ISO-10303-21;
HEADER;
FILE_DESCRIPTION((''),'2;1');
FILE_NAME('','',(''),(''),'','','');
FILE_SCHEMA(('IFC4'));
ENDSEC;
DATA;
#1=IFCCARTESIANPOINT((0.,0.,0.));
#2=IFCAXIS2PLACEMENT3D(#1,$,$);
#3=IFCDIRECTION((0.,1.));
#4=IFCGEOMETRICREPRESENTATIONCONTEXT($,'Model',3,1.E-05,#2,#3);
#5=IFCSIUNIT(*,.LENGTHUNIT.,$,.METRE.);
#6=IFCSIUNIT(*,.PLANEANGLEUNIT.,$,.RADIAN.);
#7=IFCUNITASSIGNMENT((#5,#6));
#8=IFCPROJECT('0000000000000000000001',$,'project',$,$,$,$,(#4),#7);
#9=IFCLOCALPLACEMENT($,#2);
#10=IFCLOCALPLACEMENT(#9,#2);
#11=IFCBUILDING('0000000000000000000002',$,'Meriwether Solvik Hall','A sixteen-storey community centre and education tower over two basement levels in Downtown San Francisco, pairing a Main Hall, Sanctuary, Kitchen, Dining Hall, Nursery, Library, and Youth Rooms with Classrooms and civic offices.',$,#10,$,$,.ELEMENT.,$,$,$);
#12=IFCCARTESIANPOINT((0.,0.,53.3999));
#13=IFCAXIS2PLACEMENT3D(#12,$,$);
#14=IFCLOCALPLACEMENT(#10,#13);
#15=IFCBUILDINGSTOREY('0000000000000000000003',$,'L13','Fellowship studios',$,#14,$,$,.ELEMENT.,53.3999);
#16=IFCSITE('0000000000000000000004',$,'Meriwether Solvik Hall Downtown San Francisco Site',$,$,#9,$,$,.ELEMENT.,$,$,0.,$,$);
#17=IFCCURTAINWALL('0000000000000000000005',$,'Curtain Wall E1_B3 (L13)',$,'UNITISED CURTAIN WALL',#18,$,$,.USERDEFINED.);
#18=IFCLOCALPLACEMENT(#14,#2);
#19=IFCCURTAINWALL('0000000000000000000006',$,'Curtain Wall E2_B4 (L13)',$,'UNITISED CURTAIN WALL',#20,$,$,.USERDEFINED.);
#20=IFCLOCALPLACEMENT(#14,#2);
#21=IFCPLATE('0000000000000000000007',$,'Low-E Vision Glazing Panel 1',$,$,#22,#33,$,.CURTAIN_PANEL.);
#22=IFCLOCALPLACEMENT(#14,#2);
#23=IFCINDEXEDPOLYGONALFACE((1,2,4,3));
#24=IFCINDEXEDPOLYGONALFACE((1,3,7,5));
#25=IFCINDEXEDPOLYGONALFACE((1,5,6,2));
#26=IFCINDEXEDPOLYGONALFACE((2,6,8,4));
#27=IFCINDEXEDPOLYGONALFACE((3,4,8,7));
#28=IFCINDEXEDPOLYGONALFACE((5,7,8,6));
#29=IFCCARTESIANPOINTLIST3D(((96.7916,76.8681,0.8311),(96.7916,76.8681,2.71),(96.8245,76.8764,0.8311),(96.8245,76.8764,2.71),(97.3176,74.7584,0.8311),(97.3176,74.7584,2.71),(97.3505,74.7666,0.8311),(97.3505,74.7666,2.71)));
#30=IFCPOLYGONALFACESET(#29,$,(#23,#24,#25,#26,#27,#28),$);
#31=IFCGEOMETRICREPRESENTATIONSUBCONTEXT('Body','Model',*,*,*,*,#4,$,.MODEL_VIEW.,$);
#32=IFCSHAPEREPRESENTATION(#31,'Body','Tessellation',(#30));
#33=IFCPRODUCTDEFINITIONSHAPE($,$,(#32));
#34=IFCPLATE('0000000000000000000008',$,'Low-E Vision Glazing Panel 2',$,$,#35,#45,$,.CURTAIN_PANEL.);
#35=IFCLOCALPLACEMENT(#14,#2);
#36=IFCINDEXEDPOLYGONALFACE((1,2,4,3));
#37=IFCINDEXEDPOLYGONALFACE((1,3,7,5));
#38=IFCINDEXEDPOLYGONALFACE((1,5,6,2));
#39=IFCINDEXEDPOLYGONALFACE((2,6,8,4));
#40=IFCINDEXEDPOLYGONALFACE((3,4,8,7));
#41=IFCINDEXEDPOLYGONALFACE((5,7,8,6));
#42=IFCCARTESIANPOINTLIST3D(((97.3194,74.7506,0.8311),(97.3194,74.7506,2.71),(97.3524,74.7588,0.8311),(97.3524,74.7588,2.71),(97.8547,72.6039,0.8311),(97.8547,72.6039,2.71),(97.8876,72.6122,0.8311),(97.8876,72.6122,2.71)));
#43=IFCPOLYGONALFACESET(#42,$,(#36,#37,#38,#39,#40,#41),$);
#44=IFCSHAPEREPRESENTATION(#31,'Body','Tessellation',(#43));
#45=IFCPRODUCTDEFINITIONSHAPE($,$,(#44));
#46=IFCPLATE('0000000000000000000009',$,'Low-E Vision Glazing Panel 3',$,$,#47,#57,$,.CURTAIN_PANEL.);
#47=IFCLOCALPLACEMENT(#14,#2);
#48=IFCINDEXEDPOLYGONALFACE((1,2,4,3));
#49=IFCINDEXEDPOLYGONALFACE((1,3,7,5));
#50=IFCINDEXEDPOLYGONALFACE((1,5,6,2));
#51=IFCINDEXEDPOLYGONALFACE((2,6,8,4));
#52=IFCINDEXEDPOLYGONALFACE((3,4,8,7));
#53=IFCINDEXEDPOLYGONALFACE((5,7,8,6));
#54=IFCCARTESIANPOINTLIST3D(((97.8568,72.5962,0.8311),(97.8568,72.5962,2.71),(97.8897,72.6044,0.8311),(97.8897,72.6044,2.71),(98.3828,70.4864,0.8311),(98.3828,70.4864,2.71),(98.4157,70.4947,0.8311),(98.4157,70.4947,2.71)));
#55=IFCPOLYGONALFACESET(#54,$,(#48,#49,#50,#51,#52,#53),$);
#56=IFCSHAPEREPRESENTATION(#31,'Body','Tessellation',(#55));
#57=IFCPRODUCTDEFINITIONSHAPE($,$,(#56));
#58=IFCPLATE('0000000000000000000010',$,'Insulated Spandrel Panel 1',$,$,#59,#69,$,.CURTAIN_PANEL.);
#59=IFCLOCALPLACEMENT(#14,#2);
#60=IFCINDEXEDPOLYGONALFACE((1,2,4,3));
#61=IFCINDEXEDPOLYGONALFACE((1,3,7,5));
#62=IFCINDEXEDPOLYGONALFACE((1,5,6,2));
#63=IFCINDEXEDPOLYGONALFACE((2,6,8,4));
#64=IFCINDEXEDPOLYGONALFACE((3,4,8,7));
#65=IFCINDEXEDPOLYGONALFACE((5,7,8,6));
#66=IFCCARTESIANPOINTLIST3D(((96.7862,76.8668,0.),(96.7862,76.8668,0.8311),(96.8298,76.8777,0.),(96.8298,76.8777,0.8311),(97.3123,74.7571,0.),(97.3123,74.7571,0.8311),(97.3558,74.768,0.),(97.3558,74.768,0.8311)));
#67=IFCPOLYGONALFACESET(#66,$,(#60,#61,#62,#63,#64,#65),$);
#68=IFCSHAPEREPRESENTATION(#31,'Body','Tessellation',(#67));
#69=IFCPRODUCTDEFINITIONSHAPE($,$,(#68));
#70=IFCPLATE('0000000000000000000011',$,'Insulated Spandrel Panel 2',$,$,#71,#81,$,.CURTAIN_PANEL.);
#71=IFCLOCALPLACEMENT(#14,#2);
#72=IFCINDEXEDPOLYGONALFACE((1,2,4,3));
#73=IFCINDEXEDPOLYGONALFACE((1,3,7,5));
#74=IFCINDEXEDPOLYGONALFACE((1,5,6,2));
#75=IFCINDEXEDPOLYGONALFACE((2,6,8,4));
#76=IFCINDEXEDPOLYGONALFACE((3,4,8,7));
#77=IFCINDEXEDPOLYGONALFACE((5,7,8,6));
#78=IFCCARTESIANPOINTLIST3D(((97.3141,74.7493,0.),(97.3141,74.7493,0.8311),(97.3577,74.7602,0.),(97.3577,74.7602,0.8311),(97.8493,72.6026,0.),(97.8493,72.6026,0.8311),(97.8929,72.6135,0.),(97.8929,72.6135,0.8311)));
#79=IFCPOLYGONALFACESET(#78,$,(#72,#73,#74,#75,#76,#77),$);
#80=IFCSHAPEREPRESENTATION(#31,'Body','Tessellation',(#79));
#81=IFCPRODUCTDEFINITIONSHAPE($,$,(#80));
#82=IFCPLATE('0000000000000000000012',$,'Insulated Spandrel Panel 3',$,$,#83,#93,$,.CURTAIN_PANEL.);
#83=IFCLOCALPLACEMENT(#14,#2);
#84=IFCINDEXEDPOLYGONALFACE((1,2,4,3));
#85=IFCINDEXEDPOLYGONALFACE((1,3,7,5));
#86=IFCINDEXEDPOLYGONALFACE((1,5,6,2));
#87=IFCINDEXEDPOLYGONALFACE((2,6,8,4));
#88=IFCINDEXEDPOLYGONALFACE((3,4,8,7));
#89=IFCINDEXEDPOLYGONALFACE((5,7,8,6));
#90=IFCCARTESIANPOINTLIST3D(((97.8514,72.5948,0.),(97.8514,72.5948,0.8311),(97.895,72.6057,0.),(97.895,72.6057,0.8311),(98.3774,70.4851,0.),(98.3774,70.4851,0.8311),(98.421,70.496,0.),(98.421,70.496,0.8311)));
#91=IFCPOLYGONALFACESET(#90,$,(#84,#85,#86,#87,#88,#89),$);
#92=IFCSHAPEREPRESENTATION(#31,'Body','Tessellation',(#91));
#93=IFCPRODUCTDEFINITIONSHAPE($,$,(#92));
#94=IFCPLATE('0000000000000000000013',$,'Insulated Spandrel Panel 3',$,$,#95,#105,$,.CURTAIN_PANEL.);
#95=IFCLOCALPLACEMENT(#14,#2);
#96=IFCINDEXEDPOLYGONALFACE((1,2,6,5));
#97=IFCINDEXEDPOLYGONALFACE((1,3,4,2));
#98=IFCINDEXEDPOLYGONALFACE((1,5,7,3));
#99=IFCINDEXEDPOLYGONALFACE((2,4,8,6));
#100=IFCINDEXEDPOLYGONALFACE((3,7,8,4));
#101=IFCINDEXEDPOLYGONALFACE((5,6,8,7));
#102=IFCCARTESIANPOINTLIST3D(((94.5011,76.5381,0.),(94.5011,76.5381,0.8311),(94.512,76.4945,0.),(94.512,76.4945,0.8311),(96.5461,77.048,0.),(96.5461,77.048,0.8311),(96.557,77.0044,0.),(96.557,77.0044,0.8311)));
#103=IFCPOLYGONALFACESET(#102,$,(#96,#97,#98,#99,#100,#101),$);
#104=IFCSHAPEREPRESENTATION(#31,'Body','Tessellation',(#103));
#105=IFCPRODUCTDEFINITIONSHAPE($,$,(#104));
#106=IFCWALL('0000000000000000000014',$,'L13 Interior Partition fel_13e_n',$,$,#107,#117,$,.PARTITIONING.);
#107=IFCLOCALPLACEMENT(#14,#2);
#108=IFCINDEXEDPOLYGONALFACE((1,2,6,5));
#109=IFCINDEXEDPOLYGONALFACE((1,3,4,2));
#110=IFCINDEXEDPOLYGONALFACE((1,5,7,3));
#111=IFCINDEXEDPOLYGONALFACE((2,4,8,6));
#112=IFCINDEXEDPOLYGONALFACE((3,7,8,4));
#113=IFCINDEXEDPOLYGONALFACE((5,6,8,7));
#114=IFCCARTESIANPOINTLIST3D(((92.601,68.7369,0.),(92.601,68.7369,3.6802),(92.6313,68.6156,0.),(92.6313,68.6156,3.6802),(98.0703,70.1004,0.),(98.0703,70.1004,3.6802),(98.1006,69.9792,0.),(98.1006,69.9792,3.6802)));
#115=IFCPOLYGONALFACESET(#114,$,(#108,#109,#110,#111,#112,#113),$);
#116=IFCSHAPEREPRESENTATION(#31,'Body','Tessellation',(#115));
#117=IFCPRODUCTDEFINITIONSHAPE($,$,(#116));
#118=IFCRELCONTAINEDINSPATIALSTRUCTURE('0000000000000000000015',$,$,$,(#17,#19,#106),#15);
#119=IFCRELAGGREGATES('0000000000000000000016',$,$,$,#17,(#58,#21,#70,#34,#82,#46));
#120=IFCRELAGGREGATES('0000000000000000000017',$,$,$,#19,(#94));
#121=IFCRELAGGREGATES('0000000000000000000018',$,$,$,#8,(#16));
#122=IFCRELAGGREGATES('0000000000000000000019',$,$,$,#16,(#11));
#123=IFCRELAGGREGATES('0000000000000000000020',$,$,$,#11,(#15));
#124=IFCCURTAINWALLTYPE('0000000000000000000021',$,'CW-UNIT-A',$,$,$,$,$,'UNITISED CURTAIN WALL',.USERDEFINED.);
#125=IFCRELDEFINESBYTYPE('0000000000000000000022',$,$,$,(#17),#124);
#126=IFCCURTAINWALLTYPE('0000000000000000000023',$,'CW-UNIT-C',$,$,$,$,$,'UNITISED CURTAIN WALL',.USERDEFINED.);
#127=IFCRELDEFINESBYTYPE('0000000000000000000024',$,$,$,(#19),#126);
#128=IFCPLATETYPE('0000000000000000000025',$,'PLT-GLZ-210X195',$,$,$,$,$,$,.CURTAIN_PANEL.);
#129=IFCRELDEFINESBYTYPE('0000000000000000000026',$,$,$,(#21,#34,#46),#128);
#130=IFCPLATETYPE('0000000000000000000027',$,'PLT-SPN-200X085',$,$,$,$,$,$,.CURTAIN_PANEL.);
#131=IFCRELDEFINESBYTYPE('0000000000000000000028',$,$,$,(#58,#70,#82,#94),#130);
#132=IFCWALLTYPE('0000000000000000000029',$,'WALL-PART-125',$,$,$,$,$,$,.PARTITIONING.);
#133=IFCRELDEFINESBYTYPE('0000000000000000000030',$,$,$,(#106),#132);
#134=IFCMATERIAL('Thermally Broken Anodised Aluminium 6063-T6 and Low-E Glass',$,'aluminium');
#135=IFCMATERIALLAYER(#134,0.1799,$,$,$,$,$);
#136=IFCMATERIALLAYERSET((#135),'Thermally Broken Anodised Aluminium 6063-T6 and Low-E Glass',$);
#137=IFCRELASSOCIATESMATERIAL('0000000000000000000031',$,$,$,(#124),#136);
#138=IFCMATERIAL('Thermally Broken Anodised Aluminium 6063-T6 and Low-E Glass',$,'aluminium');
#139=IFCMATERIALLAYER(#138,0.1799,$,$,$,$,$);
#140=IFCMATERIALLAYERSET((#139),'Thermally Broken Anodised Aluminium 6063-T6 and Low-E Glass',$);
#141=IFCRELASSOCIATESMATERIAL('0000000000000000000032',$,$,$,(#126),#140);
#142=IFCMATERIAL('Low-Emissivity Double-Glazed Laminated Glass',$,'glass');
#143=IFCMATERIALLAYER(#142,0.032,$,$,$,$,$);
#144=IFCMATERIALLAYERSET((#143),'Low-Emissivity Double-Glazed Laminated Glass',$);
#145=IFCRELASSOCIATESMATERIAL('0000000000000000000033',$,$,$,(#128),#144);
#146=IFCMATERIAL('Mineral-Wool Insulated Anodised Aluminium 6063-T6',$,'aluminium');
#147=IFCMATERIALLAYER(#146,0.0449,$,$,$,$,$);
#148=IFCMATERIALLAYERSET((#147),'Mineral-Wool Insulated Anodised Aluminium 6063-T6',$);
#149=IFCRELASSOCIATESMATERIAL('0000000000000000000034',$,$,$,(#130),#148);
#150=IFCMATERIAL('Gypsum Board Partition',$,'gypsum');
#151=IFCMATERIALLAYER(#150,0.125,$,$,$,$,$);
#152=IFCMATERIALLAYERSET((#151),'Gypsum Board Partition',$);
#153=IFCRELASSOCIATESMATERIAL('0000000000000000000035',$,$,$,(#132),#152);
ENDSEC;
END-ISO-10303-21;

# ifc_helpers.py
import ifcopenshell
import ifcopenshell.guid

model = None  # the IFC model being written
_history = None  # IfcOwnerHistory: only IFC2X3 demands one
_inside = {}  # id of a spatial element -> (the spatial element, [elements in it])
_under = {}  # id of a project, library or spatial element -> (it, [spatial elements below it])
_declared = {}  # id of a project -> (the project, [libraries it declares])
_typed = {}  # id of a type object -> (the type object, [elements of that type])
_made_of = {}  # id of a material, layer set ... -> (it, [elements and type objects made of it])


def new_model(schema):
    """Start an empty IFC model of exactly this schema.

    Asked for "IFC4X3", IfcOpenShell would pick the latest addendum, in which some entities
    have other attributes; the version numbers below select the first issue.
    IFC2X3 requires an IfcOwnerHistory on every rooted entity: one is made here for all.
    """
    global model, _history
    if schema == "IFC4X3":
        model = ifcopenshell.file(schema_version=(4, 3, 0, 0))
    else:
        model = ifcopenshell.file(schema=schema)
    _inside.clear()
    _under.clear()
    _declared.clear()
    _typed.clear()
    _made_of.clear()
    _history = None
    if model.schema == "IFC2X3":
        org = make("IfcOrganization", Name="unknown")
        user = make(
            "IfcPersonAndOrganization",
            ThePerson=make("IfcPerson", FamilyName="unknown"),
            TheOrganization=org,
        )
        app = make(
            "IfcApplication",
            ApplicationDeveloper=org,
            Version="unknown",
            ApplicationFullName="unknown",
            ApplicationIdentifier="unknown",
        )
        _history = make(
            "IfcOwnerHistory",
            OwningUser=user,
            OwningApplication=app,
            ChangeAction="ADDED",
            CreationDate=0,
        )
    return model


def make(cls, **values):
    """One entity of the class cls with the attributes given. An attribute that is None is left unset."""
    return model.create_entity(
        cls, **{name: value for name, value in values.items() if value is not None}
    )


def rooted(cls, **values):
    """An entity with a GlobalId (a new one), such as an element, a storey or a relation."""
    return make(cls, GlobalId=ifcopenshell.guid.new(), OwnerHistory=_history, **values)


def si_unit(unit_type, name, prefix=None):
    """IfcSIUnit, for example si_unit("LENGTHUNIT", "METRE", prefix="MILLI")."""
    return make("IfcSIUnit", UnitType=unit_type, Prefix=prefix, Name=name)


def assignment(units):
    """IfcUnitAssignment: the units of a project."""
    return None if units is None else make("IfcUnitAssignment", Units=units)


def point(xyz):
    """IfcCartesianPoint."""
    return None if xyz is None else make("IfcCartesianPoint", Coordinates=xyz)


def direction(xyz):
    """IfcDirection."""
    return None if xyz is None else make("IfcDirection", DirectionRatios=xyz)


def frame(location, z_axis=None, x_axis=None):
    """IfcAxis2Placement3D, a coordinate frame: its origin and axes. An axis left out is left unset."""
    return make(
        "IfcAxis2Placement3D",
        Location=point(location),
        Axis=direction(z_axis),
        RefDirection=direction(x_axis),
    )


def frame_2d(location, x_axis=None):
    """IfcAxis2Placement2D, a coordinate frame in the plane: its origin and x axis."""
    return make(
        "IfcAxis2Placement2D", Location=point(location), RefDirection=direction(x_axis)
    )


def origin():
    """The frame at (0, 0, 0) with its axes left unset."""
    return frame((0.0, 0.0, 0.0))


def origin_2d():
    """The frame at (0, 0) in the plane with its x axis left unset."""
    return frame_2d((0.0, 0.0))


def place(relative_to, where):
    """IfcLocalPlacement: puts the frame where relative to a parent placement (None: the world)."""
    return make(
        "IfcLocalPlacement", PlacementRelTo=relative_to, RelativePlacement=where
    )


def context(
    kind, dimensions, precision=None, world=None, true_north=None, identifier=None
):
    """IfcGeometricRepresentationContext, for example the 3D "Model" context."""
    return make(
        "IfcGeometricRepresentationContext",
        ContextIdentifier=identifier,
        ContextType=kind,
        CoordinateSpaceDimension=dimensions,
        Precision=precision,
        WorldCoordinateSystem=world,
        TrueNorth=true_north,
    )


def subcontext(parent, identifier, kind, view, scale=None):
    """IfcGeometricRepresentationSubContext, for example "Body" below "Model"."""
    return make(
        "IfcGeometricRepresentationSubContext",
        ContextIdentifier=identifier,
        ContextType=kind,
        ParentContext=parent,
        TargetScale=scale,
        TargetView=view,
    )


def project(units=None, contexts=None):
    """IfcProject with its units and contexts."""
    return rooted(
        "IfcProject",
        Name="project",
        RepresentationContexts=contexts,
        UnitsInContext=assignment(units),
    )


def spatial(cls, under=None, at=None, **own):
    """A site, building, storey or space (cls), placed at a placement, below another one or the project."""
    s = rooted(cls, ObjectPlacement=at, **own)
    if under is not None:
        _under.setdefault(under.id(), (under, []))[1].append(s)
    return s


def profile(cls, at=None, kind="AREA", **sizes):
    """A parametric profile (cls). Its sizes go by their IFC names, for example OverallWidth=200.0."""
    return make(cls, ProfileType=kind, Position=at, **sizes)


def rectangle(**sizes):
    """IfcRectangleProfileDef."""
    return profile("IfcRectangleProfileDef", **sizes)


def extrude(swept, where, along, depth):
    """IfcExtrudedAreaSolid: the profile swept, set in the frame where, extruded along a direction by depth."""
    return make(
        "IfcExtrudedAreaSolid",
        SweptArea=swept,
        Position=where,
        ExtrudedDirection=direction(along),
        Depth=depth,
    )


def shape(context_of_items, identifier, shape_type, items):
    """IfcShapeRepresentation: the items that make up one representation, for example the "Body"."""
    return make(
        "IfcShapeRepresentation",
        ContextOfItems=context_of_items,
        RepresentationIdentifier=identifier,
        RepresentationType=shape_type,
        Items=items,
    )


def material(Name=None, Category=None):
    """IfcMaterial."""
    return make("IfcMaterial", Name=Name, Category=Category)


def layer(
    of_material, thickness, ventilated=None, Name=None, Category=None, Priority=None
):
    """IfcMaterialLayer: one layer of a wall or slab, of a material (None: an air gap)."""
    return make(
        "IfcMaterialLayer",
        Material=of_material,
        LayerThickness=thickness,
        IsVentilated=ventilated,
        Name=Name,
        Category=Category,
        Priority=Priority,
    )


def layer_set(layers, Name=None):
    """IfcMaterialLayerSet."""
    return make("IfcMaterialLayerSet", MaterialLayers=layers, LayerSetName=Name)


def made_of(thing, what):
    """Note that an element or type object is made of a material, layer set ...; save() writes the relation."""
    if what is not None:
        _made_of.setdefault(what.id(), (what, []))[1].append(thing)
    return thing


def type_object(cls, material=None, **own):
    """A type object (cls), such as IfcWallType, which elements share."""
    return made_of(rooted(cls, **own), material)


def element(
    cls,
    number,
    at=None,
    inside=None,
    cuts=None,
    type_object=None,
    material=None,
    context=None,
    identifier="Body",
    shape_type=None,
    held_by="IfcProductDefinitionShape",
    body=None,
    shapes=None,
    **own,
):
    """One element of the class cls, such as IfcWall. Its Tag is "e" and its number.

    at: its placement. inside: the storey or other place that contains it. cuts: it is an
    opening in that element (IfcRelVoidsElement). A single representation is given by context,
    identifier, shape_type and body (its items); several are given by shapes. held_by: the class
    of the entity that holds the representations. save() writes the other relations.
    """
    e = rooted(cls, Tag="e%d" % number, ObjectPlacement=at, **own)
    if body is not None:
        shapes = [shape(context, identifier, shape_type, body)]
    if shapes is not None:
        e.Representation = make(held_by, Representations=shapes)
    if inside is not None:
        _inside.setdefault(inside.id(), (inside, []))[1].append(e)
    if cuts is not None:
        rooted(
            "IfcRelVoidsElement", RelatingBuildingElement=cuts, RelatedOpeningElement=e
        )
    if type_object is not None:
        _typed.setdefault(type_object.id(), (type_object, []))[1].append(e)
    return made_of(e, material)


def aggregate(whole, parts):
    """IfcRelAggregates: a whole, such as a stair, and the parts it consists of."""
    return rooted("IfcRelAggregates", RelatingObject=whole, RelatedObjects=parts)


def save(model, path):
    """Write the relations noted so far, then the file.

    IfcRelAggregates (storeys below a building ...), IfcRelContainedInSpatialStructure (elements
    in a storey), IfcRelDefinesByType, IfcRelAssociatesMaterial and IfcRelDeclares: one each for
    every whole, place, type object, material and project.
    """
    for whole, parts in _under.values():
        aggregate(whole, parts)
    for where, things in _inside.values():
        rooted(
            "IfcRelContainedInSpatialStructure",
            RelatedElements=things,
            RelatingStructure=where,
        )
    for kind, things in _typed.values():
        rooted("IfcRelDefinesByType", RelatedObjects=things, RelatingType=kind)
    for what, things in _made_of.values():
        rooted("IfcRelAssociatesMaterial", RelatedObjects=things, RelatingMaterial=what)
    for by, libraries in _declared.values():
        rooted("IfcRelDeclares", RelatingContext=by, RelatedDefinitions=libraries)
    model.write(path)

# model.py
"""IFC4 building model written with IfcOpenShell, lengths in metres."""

from ifc_helpers import new_model, si_unit, direction, frame, frame_2d, origin, origin_2d, place, context, subcontext, project, spatial, rectangle, extrude, material, layer, layer_set, type_object, element, aggregate, save


model = new_model("IFC4")

# Units and contexts
model_context = context("Model", 3, precision=1e-05, world=origin(), true_north=direction((0.0, 1.0)))
body_context = subcontext(model_context, "Body", "Model", "MODEL_VIEW")
ifc_project = project(units=[si_unit("LENGTHUNIT", "METRE"), si_unit("PLANEANGLEUNIT", "RADIAN")], contexts=[model_context])

# Site, building, storey
site_placement = place(None, origin())
site = spatial("IfcSite", under=ifc_project, at=site_placement, Name="Meriwether Solvik Hall Downtown San Francisco Site", CompositionType="ELEMENT", RefElevation=0.0)
building_placement = place(site_placement, origin())
building = spatial("IfcBuilding", under=site, at=building_placement, Name="Meriwether Solvik Hall", Description="A sixteen-storey community centre and education tower over two basement levels in Downtown San Francisco, pairing a Main Hall, Sanctuary, Kitchen, Dining Hall, Nursery, Library, and Youth Rooms with Classrooms and civic offices.", CompositionType="ELEMENT")
storey_placement = place(building_placement, frame((0.0, 0.0, 53.3999)))
storey = spatial("IfcBuildingStorey", under=building, at=storey_placement, Name="L13", Description="Fellowship studios", CompositionType="ELEMENT", Elevation=53.3999)

# Curtain walls
ifc_material_1 = material(Name="Thermally Broken Anodised Aluminium 6063-T6 and Low-E Glass", Category="aluminium")
ifc_layer_1 = layer(ifc_material_1, 0.1799)
ifc_layer_set_1 = layer_set([ifc_layer_1], Name="Thermally Broken Anodised Aluminium 6063-T6 and Low-E Glass")
curtain_wall_type_1 = type_object("IfcCurtainWallType", Name="CW-UNIT-A", ElementType="UNITISED CURTAIN WALL", PredefinedType="USERDEFINED", material=ifc_layer_set_1)
curtain_wall_1_placement = place(storey_placement, origin())
curtain_wall_1 = element("IfcCurtainWall", 1, at=curtain_wall_1_placement, inside=storey, type_object=curtain_wall_type_1, Name="Curtain Wall E1_B3 (L13)", ObjectType="UNITISED CURTAIN WALL", PredefinedType="USERDEFINED")
ifc_material_2 = material(Name="Thermally Broken Anodised Aluminium 6063-T6 and Low-E Glass", Category="aluminium")
ifc_layer_2 = layer(ifc_material_2, 0.1799)
ifc_layer_set_2 = layer_set([ifc_layer_2], Name="Thermally Broken Anodised Aluminium 6063-T6 and Low-E Glass")
curtain_wall_type_2 = type_object("IfcCurtainWallType", Name="CW-UNIT-C", ElementType="UNITISED CURTAIN WALL", PredefinedType="USERDEFINED", material=ifc_layer_set_2)
curtain_wall_2_placement = place(storey_placement, origin())
curtain_wall_2 = element("IfcCurtainWall", 2, at=curtain_wall_2_placement, inside=storey, type_object=curtain_wall_type_2, Name="Curtain Wall E2_B4 (L13)", ObjectType="UNITISED CURTAIN WALL", PredefinedType="USERDEFINED")

# Plates
ifc_material_3 = material(Name="Low-Emissivity Double-Glazed Laminated Glass", Category="glass")
ifc_layer_3 = layer(ifc_material_3, 0.032)
ifc_layer_set_3 = layer_set([ifc_layer_3], Name="Low-Emissivity Double-Glazed Laminated Glass")
plate_type_1 = type_object("IfcPlateType", Name="PLT-GLZ-210X195", PredefinedType="CURTAIN_PANEL", material=ifc_layer_set_3)
plate_1_placement = place(storey_placement, frame((97.071, 75.8174, 0.8311), z_axis=(0.0, 0.0, 1.0), x_axis=(0.241922, -0.970296, 0.0)))
plate_1 = element("IfcPlate", 3, at=plate_1_placement, type_object=plate_type_1, Name="Low-E Vision Glazing Panel 1", PredefinedType="CURTAIN_PANEL", context=body_context, shape_type="SweptSolid", body=[
    extrude(rectangle(XDim=2.1743, YDim=0.0339, at=origin_2d()), origin(), (0.0, 0.0, 1.0), 1.8789),
])
plate_2_placement = place(storey_placement, frame((97.6035, 73.6814, 0.8311), z_axis=(0.0, 0.0, 1.0), x_axis=(0.241922, -0.970296, 0.0)))
plate_2 = element("IfcPlate", 4, at=plate_2_placement, type_object=plate_type_1, Name="Low-E Vision Glazing Panel 2", PredefinedType="CURTAIN_PANEL", context=body_context, shape_type="SweptSolid", body=[
    extrude(rectangle(XDim=2.2124, YDim=0.0339, at=origin_2d()), origin(), (0.0, 0.0, 1.0), 1.8789),
])
plate_3_placement = place(storey_placement, frame((98.1362, 71.5454, 0.8311), z_axis=(0.0, 0.0, 1.0), x_axis=(0.241922, -0.970296, 0.0)))
plate_3 = element("IfcPlate", 5, at=plate_3_placement, type_object=plate_type_1, Name="Low-E Vision Glazing Panel 3", PredefinedType="CURTAIN_PANEL", context=body_context, shape_type="SweptSolid", body=[
    extrude(rectangle(XDim=2.1743, YDim=0.0339, at=origin_2d()), origin(), (0.0, 0.0, 1.0), 1.8789),
])
ifc_material_4 = material(Name="Mineral-Wool Insulated Anodised Aluminium 6063-T6", Category="aluminium")
ifc_layer_4 = layer(ifc_material_4, 0.0449)
ifc_layer_set_4 = layer_set([ifc_layer_4], Name="Mineral-Wool Insulated Anodised Aluminium 6063-T6")
plate_type_2 = type_object("IfcPlateType", Name="PLT-SPN-200X085", PredefinedType="CURTAIN_PANEL", material=ifc_layer_set_4)
plate_4_placement = place(storey_placement, frame((97.071, 75.8174, 0.0), z_axis=(0.0, 0.0, 1.0), x_axis=(0.241922, -0.970296, 0.0)))
plate_4 = element("IfcPlate", 6, at=plate_4_placement, type_object=plate_type_2, Name="Insulated Spandrel Panel 1", PredefinedType="CURTAIN_PANEL", context=body_context, shape_type="SweptSolid", body=[
    extrude(rectangle(XDim=2.1743, YDim=0.0449, at=origin_2d()), origin(), (0.0, 0.0, 1.0), 0.8311),
])
plate_5_placement = place(storey_placement, frame((97.6035, 73.6814, 0.0), z_axis=(0.0, 0.0, 1.0), x_axis=(0.241922, -0.970296, 0.0)))
plate_5 = element("IfcPlate", 7, at=plate_5_placement, type_object=plate_type_2, Name="Insulated Spandrel Panel 2", PredefinedType="CURTAIN_PANEL", context=body_context, shape_type="SweptSolid", body=[
    extrude(rectangle(XDim=2.2124, YDim=0.0449, at=origin_2d()), origin(), (0.0, 0.0, 1.0), 0.8311),
])
plate_6_placement = place(storey_placement, frame((98.1362, 71.5454, 0.0), z_axis=(0.0, 0.0, 1.0), x_axis=(0.241922, -0.970296, 0.0)))
plate_6 = element("IfcPlate", 8, at=plate_6_placement, type_object=plate_type_2, Name="Insulated Spandrel Panel 3", PredefinedType="CURTAIN_PANEL", context=body_context, shape_type="SweptSolid", body=[
    extrude(rectangle(XDim=2.1743, YDim=0.0449, at=origin_2d()), origin(), (0.0, 0.0, 1.0), 0.8311),
])
aggregate(curtain_wall_1, [plate_4, plate_1, plate_5, plate_2, plate_6, plate_3])
plate_7_placement = place(storey_placement, frame((95.5291, 76.7712, 0.0), z_axis=(0.0, 0.0, 1.0), x_axis=(0.970296, 0.241922, 0.0)))
plate_7 = element("IfcPlate", 9, at=plate_7_placement, type_object=plate_type_2, Name="Insulated Spandrel Panel 3", PredefinedType="CURTAIN_PANEL", context=body_context, shape_type="SweptSolid", body=[
    extrude(rectangle(XDim=2.1077, YDim=0.0449, at=origin_2d()), origin(), (0.0, 0.0, 1.0), 0.8311),
])
aggregate(curtain_wall_2, [plate_7])

# Wall
ifc_material_5 = material(Name="Gypsum Board Partition", Category="gypsum")
ifc_layer_5 = layer(ifc_material_5, 0.125)
ifc_layer_set_5 = layer_set([ifc_layer_5], Name="Gypsum Board Partition")
wall_type = type_object("IfcWallType", Name="WALL-PART-125", PredefinedType="PARTITIONING", material=ifc_layer_set_5)
wall_placement = place(storey_placement, frame((98.0854, 70.0398, 0.0), z_axis=(0.0, 0.0, 1.0), x_axis=(-0.9703, -0.241904, 0.0)))
element("IfcWall", 10, at=wall_placement, inside=storey, type_object=wall_type, Name="L13 Interior Partition fel_13e_n", PredefinedType="PARTITIONING", context=body_context, shape_type="SweptSolid", body=[
    extrude(rectangle(XDim=5.6367, YDim=0.125, at=frame_2d((2.8184, 0.0))), origin(), (0.0, 0.0, 1.0), 3.6802),
])

save(model, "model.ifc")
